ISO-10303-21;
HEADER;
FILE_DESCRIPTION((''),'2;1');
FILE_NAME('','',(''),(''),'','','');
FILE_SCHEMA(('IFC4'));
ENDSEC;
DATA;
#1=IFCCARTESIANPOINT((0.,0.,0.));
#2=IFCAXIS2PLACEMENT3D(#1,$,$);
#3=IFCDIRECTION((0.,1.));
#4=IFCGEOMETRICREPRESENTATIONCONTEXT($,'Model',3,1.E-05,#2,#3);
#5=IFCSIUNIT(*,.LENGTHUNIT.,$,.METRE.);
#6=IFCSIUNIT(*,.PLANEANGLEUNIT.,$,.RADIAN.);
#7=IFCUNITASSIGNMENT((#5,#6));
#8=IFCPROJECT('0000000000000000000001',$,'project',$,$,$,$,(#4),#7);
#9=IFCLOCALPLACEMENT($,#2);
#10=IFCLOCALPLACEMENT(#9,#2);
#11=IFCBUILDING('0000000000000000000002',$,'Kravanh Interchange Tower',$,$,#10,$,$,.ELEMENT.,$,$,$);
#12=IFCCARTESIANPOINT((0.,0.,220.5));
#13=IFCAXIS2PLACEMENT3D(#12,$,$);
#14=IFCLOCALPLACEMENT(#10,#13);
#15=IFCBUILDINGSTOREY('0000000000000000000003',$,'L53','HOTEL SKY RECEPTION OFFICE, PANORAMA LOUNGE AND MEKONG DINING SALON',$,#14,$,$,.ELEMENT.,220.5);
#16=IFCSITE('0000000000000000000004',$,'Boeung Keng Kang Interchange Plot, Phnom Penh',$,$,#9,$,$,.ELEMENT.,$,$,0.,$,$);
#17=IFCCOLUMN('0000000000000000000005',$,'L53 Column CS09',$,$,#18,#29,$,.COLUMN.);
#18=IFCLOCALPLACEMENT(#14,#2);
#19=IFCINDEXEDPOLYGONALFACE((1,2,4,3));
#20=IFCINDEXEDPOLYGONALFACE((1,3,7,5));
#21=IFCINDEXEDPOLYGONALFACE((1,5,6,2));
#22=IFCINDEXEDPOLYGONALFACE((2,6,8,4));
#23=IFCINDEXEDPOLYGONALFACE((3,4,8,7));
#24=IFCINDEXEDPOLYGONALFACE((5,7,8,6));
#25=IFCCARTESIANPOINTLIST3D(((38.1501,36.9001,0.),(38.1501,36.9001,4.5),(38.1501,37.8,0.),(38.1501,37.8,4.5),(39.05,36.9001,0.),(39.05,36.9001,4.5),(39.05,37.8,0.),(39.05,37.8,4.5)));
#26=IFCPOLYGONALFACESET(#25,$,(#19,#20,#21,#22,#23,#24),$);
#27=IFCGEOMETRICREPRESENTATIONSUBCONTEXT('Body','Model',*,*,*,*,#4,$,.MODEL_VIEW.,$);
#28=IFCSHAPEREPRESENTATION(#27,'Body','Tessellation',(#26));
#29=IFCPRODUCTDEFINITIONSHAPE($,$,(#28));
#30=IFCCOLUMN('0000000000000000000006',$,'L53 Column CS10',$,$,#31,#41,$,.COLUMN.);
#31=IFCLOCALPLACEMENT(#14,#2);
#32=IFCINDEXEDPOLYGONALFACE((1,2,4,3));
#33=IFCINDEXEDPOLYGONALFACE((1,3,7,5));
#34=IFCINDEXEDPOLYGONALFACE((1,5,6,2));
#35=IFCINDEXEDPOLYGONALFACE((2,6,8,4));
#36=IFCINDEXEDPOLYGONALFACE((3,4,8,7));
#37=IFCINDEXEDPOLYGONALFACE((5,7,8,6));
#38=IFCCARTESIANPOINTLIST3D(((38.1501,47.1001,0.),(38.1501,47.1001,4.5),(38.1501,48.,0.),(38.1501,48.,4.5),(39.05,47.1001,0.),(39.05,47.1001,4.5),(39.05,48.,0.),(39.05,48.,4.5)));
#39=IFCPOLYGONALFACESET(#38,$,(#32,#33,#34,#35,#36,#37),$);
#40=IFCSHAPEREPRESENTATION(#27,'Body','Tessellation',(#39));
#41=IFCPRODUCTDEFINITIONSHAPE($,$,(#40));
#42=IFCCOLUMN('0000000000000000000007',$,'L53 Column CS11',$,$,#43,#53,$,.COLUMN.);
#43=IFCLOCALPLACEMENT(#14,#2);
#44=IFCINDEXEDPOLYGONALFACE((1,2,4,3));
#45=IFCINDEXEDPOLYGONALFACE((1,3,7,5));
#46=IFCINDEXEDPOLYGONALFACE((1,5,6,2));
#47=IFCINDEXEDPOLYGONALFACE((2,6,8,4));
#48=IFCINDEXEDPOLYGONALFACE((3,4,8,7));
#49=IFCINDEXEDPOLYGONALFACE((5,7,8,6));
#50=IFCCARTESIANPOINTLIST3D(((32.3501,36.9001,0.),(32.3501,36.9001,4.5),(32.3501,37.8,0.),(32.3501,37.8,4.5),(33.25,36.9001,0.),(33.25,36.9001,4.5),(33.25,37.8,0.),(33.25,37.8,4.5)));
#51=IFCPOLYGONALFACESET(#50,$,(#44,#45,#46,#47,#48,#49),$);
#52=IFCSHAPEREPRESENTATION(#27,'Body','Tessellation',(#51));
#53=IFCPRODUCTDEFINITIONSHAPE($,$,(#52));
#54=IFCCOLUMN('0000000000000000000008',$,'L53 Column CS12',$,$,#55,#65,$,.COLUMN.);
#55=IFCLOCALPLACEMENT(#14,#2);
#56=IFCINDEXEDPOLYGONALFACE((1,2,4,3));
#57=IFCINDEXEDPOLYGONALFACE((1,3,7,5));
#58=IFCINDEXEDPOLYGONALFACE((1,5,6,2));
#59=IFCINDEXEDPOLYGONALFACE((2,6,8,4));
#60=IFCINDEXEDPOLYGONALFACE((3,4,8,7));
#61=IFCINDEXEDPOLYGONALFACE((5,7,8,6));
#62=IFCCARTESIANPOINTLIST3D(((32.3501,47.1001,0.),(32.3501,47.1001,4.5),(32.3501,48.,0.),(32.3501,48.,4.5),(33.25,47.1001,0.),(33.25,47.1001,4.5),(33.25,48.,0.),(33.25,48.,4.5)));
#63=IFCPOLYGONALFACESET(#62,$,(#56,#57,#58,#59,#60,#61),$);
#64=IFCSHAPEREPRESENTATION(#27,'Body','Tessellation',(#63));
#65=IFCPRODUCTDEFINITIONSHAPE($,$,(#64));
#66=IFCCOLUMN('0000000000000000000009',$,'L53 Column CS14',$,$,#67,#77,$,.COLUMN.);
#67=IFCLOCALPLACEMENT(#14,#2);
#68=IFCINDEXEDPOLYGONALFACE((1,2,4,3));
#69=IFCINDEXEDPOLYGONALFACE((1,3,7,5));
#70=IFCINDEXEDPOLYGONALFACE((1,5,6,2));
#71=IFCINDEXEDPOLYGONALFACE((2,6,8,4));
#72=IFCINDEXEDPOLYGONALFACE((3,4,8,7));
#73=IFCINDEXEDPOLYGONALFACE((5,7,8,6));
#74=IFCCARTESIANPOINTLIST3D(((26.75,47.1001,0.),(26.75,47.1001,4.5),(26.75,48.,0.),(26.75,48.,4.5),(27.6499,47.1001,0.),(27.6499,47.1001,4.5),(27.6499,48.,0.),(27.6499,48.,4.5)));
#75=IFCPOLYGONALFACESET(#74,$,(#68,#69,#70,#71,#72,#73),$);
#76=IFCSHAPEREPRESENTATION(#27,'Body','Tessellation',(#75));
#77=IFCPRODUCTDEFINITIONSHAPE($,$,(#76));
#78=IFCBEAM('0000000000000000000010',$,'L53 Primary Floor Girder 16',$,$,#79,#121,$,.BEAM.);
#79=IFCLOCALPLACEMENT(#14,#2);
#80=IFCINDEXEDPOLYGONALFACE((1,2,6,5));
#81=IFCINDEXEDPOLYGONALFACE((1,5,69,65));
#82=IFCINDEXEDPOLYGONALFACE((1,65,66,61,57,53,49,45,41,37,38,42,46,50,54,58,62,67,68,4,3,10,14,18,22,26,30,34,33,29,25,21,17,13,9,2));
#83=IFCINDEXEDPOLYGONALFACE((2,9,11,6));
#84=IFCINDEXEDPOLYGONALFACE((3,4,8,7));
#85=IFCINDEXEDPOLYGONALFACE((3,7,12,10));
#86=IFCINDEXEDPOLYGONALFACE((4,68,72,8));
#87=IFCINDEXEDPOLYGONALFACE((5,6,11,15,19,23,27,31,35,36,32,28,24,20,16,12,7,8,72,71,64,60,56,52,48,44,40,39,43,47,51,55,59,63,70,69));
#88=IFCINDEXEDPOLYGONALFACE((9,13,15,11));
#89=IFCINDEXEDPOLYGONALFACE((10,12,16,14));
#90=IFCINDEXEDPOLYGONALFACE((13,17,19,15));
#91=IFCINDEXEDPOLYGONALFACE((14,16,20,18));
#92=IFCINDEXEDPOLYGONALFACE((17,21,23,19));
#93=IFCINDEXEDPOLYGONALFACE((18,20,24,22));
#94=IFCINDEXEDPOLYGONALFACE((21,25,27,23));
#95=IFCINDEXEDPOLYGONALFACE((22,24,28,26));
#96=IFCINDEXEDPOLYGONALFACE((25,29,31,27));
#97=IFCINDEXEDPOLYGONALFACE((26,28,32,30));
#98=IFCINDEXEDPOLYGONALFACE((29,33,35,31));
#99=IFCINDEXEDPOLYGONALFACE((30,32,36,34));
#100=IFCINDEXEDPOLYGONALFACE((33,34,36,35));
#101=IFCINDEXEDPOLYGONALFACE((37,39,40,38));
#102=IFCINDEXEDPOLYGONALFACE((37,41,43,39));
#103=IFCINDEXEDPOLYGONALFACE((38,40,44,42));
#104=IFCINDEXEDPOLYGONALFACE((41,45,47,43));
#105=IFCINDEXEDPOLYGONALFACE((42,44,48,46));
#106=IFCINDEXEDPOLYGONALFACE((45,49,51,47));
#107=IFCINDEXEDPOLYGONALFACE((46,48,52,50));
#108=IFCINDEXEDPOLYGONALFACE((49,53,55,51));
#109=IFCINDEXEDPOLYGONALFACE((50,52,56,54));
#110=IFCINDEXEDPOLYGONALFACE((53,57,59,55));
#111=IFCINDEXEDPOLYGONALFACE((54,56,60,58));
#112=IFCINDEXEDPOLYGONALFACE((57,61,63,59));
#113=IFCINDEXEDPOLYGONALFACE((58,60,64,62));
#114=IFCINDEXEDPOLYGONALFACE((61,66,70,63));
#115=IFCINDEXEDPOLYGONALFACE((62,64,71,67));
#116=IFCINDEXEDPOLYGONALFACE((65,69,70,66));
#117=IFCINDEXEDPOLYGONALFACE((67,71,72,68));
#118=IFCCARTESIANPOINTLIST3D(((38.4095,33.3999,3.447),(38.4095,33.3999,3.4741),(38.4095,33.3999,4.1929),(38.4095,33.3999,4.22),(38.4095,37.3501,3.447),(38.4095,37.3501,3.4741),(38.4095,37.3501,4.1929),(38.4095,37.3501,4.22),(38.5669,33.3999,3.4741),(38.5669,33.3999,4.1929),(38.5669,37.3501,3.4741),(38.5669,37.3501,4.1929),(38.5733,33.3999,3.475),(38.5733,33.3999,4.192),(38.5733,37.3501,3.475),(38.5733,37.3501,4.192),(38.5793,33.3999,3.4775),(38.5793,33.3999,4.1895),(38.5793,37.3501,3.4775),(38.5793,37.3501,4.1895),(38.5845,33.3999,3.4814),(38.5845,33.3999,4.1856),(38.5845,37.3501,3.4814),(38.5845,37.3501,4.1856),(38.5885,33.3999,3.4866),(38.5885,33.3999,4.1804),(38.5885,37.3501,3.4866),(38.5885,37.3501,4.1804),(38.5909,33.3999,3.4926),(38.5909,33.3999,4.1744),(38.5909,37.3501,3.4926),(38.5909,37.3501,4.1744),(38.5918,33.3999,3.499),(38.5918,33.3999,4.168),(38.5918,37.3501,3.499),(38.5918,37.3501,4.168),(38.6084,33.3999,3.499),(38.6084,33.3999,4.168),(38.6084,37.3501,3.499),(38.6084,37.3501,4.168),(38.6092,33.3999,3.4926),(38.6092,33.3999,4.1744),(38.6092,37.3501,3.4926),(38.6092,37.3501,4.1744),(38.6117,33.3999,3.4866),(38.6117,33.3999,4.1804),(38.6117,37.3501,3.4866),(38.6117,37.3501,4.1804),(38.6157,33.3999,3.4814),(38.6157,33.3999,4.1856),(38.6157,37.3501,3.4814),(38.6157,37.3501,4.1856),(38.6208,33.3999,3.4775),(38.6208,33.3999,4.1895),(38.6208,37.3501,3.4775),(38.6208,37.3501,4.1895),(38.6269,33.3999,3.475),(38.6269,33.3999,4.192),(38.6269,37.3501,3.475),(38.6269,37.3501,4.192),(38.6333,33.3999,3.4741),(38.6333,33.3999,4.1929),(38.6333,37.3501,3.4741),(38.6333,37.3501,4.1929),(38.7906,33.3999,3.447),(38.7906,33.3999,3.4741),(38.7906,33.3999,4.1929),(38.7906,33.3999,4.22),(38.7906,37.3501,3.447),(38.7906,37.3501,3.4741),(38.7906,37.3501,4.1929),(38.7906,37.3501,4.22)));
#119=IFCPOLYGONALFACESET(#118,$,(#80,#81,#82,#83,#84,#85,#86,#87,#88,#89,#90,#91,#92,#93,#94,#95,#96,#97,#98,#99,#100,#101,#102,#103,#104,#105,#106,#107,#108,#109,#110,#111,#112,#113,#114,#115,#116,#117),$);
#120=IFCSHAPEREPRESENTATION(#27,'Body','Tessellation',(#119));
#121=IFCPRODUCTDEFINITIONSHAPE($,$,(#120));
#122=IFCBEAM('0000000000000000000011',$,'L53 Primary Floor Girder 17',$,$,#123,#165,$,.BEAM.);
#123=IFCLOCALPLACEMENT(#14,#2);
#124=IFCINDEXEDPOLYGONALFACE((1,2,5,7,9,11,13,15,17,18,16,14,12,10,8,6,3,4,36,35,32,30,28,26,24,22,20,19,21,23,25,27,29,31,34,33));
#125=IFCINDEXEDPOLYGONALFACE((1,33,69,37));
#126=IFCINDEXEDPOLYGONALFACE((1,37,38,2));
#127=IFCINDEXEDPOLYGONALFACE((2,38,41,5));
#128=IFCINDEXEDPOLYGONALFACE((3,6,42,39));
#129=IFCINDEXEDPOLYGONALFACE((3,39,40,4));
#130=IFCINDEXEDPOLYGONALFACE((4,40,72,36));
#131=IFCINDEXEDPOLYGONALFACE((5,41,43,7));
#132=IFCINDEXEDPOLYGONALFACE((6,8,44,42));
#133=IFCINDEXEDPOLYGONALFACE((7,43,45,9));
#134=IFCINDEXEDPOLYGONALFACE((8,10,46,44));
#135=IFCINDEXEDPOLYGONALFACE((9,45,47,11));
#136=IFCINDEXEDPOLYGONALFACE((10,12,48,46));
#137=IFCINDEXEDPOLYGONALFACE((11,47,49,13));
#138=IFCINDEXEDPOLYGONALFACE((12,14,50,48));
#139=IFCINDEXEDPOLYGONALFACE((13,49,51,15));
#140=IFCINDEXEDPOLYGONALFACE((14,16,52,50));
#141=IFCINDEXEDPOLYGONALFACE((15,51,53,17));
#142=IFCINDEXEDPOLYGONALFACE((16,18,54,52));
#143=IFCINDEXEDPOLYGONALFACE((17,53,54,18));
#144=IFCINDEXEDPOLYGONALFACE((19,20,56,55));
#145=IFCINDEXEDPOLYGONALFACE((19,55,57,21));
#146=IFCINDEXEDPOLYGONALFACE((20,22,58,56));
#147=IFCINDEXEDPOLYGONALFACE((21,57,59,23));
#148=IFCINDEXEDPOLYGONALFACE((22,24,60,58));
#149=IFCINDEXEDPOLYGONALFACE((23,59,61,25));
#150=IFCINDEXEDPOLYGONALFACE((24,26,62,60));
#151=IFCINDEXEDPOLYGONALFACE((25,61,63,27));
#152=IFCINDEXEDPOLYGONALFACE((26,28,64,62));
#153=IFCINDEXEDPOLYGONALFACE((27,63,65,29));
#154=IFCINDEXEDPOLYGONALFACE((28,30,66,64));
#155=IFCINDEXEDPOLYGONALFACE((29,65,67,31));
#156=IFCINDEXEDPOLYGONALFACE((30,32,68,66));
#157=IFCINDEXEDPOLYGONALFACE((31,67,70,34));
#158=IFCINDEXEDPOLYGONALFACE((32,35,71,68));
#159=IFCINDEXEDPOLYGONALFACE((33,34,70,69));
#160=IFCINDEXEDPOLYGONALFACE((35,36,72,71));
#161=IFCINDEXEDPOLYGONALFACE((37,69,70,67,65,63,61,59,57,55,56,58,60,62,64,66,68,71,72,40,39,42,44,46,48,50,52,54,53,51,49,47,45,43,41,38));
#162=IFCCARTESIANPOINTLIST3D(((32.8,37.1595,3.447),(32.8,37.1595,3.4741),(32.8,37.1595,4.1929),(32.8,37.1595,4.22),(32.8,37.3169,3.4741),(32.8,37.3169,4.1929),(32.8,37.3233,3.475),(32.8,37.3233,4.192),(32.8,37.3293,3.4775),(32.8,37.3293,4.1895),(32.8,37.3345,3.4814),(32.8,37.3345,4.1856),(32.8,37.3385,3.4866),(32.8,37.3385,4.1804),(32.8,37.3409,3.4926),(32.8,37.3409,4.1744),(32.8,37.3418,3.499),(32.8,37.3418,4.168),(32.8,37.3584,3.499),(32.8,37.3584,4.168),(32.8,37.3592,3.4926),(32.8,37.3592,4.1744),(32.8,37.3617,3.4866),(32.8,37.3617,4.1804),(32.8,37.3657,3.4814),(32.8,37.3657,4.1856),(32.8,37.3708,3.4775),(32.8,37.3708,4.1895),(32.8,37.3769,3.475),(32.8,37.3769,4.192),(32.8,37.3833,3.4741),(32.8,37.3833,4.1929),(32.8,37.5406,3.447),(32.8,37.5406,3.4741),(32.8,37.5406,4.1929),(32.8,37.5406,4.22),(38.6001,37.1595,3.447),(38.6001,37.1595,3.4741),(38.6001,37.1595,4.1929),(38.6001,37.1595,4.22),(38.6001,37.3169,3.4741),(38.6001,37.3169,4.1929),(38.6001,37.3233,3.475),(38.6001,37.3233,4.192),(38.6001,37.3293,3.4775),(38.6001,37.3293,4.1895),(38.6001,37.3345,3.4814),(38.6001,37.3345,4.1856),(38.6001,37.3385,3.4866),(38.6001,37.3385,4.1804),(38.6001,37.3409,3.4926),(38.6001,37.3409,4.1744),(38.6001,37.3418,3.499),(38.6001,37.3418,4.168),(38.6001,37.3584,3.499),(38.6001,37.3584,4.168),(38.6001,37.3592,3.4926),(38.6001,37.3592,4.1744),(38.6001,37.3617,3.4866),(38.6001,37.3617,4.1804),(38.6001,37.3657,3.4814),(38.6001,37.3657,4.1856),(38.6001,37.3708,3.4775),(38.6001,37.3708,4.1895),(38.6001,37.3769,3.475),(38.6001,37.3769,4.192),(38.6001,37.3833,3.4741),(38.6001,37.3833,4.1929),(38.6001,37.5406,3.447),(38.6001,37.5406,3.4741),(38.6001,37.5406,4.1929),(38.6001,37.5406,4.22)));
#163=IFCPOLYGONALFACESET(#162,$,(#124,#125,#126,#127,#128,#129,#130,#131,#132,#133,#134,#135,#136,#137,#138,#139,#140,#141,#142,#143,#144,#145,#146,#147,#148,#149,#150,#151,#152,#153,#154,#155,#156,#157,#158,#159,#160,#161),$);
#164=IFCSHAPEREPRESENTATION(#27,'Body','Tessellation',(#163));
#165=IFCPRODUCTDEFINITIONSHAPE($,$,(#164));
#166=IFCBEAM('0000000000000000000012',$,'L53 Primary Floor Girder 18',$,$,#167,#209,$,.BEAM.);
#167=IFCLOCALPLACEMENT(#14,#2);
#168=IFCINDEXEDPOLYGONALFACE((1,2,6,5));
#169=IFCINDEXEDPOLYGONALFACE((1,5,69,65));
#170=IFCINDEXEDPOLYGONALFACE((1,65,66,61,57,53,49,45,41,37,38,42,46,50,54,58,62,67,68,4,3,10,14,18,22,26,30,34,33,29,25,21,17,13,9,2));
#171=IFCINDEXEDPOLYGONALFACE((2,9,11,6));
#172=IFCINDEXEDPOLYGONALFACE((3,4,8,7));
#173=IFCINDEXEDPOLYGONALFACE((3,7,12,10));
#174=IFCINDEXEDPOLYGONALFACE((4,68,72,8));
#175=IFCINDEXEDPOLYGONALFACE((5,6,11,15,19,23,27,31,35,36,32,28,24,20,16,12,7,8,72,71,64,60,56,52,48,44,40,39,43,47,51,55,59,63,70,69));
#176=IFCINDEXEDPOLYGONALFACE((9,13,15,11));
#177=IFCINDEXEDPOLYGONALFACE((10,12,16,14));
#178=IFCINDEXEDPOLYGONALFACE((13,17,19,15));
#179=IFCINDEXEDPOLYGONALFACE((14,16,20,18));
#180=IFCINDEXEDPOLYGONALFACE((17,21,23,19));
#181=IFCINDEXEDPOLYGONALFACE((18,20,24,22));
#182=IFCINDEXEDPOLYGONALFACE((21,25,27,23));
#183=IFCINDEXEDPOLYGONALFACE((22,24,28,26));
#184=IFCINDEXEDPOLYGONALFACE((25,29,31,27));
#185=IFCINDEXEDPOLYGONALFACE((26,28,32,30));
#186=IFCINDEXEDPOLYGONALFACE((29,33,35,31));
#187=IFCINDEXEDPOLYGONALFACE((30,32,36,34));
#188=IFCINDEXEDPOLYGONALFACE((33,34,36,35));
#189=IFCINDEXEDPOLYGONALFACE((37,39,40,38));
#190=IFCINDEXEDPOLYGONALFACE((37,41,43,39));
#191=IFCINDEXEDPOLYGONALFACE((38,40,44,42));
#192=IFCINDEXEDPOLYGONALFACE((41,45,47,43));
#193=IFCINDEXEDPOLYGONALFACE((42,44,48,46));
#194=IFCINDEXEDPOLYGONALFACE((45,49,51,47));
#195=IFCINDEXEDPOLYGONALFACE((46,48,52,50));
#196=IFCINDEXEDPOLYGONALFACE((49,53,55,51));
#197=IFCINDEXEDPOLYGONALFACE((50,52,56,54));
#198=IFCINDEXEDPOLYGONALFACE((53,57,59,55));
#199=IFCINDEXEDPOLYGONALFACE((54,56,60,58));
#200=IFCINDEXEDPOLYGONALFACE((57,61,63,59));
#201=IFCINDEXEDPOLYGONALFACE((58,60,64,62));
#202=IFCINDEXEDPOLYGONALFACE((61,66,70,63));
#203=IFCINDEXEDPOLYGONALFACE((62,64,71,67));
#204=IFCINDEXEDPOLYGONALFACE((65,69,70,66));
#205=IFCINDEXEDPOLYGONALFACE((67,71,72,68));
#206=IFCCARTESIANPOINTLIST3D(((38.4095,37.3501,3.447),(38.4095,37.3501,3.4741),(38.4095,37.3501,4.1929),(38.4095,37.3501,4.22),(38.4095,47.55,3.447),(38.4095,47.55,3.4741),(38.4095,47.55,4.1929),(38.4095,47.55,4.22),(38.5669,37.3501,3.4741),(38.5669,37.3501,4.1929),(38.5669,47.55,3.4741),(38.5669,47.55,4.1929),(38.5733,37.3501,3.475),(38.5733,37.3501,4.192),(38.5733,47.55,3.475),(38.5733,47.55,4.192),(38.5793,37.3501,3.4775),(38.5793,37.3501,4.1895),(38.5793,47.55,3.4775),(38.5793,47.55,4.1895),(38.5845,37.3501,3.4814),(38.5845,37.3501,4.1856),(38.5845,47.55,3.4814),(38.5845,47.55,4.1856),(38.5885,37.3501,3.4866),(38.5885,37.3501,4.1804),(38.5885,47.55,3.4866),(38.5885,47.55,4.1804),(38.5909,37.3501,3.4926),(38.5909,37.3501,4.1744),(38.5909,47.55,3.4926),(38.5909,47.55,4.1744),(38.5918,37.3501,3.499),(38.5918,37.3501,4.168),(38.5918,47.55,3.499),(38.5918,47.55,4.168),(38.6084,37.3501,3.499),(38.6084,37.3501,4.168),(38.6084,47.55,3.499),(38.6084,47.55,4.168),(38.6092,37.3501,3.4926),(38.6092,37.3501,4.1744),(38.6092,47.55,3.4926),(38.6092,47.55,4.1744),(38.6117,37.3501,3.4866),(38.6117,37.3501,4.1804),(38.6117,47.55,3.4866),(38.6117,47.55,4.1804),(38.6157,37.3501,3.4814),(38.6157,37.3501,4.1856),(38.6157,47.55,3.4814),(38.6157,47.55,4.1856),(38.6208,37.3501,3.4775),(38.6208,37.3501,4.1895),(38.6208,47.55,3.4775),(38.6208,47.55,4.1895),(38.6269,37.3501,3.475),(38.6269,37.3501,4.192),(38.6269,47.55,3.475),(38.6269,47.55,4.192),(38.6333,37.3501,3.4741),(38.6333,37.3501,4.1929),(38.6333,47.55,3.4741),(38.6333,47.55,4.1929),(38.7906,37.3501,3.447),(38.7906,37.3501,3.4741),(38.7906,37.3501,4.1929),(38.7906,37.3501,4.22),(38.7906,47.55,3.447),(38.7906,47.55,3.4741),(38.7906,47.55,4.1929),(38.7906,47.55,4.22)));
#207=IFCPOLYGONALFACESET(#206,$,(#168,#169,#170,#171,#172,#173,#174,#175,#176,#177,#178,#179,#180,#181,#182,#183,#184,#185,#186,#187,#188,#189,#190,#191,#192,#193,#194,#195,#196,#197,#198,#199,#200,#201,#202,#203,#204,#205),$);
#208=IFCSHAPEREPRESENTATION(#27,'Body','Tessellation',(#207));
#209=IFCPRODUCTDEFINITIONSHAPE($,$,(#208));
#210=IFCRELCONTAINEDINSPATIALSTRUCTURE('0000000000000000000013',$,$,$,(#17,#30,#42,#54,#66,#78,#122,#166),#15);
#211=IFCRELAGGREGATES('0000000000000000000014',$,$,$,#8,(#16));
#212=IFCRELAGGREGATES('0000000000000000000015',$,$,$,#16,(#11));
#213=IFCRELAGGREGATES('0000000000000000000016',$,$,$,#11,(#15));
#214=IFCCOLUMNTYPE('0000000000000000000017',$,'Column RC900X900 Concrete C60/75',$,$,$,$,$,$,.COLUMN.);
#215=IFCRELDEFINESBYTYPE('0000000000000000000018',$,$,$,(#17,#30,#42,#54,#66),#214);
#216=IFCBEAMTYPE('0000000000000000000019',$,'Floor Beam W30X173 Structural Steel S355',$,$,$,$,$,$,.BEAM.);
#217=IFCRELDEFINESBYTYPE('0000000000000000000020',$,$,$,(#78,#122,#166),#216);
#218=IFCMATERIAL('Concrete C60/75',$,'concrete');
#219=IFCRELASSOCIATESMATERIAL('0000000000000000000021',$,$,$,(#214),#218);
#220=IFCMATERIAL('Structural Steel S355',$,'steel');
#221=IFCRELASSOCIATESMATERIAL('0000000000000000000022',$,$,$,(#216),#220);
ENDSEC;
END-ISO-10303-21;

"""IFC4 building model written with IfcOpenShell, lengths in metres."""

from ifc_helpers import new_model, si_unit, direction, frame, origin, origin_2d, place, context, subcontext, project, spatial, rectangle, i_section, extrude, material, material_profile, profile_set, type_object, element, save


model = new_model("IFC4")

# Units and contexts
model_context = context("Model", 3, precision=1e-05, world=origin(), true_north=direction((0.0, 1.0)))
body_context = subcontext(model_context, "Body", "Model", "MODEL_VIEW")
ifc_project = project(units=[si_unit("LENGTHUNIT", "METRE"), si_unit("PLANEANGLEUNIT", "RADIAN")], contexts=[model_context])

# Site, building, storey
site_placement = place(None, origin())
site = spatial("IfcSite", under=ifc_project, at=site_placement, Name="Boeung Keng Kang Interchange Plot, Phnom Penh", CompositionType="ELEMENT", RefElevation=0.0)
building_placement = place(site_placement, origin())
building = spatial("IfcBuilding", under=site, at=building_placement, Name="Kravanh Interchange Tower", CompositionType="ELEMENT")
storey_placement = place(building_placement, frame((0.0, 0.0, 220.5)))
storey = spatial("IfcBuildingStorey", under=building, at=storey_placement, Name="L53", Description="HOTEL SKY RECEPTION OFFICE, PANORAMA LOUNGE AND MEKONG DINING SALON", CompositionType="ELEMENT", Elevation=220.5)

# Columns
ifc_material_1 = material(Name="Concrete C60/75", Category="concrete")
ifc_material_profile_1 = material_profile(ifc_material_1, rectangle(XDim=0.8999, YDim=0.8999, at=origin_2d()), Name="RC900X900")
ifc_profile_set_1 = profile_set([ifc_material_profile_1], Name="Concrete C60/75")
column_type = type_object("IfcColumnType", Name="Column RC900X900 Concrete C60/75", PredefinedType="COLUMN", material=ifc_profile_set_1)
for number, where, z_axis, x_axis, name in (
    (1, (38.6001, 37.3501, 0.0), (0.0, 0.0, 1.0), (1.0, 0.0, 0.0), "L53 Column CS09"),
    (2, (38.6001, 47.55, 0.0), (0.0, 0.0, 1.0), (1.0, 0.0, 0.0), "L53 Column CS10"),
    (3, (32.8, 37.3501, 0.0), (0.0, 0.0, 1.0), (1.0, 0.0, 0.0), "L53 Column CS11"),
    (4, (32.8, 47.55, 0.0), (0.0, 0.0, 1.0), (1.0, 0.0, 0.0), "L53 Column CS12"),
    (5, (27.2, 47.55, 0.0), (0.0, 0.0, 1.0), (1.0, 0.0, 0.0), "L53 Column CS14"),
):
    element("IfcColumn", number, at=place(storey_placement, frame(where, z_axis=z_axis, x_axis=x_axis)), inside=storey, type_object=column_type, Name=name, PredefinedType="COLUMN", context=body_context, shape_type="SweptSolid", body=[
        extrude(rectangle(XDim=0.8999, YDim=0.8999, at=origin_2d()), origin(), (0.0, 0.0, 1.0), 4.5),
    ])

# Beams
ifc_material_2 = material(Name="Structural Steel S355", Category="steel")
ifc_material_profile_2 = material_profile(ifc_material_2, i_section(OverallWidth=0.3811, OverallDepth=0.7729, WebThickness=0.0166, FlangeThickness=0.0271, FilletRadius=0.0249, at=origin_2d()), Name="W30X173")
ifc_profile_set_2 = profile_set([ifc_material_profile_2], Name="Structural Steel S355")
beam_type = type_object("IfcBeamType", Name="Floor Beam W30X173 Structural Steel S355", PredefinedType="BEAM", material=ifc_profile_set_2)
beam_1_placement = place(storey_placement, frame((38.6001, 37.3501, 3.8335), z_axis=(0.0, -1.0, 0.0), x_axis=(1.0, 0.0, 0.0)))
element("IfcBeam", 6, at=beam_1_placement, inside=storey, type_object=beam_type, Name="L53 Primary Floor Girder 16", PredefinedType="BEAM", context=body_context, shape_type="SweptSolid", body=[
    extrude(i_section(OverallWidth=0.3811, OverallDepth=0.7729, WebThickness=0.0166, FlangeThickness=0.0271, FilletRadius=0.0249, at=origin_2d()), origin(), (0.0, 0.0, 1.0), 3.9502),
])
beam_2_placement = place(storey_placement, frame((38.6001, 37.3501, 3.8335), z_axis=(-1.0, 0.0, 0.0), x_axis=(0.0, -1.0, 0.0)))
element("IfcBeam", 7, at=beam_2_placement, inside=storey, type_object=beam_type, Name="L53 Primary Floor Girder 17", PredefinedType="BEAM", context=body_context, shape_type="SweptSolid", body=[
    extrude(i_section(OverallWidth=0.3811, OverallDepth=0.7729, WebThickness=0.0166, FlangeThickness=0.0271, FilletRadius=0.0249, at=origin_2d()), origin(), (0.0, 0.0, 1.0), 5.8),
])
beam_3_placement = place(storey_placement, frame((38.6001, 37.3501, 3.8335), z_axis=(0.0, 1.0, 0.0), x_axis=(-1.0, 0.0, 0.0)))
element("IfcBeam", 8, at=beam_3_placement, inside=storey, type_object=beam_type, Name="L53 Primary Floor Girder 18", PredefinedType="BEAM", context=body_context, shape_type="SweptSolid", body=[
    extrude(i_section(OverallWidth=0.3811, OverallDepth=0.7729, WebThickness=0.0166, FlangeThickness=0.0271, FilletRadius=0.0249, at=origin_2d()), origin(), (0.0, 0.0, 1.0), 10.2),
])

save(model, "model.ifc")
